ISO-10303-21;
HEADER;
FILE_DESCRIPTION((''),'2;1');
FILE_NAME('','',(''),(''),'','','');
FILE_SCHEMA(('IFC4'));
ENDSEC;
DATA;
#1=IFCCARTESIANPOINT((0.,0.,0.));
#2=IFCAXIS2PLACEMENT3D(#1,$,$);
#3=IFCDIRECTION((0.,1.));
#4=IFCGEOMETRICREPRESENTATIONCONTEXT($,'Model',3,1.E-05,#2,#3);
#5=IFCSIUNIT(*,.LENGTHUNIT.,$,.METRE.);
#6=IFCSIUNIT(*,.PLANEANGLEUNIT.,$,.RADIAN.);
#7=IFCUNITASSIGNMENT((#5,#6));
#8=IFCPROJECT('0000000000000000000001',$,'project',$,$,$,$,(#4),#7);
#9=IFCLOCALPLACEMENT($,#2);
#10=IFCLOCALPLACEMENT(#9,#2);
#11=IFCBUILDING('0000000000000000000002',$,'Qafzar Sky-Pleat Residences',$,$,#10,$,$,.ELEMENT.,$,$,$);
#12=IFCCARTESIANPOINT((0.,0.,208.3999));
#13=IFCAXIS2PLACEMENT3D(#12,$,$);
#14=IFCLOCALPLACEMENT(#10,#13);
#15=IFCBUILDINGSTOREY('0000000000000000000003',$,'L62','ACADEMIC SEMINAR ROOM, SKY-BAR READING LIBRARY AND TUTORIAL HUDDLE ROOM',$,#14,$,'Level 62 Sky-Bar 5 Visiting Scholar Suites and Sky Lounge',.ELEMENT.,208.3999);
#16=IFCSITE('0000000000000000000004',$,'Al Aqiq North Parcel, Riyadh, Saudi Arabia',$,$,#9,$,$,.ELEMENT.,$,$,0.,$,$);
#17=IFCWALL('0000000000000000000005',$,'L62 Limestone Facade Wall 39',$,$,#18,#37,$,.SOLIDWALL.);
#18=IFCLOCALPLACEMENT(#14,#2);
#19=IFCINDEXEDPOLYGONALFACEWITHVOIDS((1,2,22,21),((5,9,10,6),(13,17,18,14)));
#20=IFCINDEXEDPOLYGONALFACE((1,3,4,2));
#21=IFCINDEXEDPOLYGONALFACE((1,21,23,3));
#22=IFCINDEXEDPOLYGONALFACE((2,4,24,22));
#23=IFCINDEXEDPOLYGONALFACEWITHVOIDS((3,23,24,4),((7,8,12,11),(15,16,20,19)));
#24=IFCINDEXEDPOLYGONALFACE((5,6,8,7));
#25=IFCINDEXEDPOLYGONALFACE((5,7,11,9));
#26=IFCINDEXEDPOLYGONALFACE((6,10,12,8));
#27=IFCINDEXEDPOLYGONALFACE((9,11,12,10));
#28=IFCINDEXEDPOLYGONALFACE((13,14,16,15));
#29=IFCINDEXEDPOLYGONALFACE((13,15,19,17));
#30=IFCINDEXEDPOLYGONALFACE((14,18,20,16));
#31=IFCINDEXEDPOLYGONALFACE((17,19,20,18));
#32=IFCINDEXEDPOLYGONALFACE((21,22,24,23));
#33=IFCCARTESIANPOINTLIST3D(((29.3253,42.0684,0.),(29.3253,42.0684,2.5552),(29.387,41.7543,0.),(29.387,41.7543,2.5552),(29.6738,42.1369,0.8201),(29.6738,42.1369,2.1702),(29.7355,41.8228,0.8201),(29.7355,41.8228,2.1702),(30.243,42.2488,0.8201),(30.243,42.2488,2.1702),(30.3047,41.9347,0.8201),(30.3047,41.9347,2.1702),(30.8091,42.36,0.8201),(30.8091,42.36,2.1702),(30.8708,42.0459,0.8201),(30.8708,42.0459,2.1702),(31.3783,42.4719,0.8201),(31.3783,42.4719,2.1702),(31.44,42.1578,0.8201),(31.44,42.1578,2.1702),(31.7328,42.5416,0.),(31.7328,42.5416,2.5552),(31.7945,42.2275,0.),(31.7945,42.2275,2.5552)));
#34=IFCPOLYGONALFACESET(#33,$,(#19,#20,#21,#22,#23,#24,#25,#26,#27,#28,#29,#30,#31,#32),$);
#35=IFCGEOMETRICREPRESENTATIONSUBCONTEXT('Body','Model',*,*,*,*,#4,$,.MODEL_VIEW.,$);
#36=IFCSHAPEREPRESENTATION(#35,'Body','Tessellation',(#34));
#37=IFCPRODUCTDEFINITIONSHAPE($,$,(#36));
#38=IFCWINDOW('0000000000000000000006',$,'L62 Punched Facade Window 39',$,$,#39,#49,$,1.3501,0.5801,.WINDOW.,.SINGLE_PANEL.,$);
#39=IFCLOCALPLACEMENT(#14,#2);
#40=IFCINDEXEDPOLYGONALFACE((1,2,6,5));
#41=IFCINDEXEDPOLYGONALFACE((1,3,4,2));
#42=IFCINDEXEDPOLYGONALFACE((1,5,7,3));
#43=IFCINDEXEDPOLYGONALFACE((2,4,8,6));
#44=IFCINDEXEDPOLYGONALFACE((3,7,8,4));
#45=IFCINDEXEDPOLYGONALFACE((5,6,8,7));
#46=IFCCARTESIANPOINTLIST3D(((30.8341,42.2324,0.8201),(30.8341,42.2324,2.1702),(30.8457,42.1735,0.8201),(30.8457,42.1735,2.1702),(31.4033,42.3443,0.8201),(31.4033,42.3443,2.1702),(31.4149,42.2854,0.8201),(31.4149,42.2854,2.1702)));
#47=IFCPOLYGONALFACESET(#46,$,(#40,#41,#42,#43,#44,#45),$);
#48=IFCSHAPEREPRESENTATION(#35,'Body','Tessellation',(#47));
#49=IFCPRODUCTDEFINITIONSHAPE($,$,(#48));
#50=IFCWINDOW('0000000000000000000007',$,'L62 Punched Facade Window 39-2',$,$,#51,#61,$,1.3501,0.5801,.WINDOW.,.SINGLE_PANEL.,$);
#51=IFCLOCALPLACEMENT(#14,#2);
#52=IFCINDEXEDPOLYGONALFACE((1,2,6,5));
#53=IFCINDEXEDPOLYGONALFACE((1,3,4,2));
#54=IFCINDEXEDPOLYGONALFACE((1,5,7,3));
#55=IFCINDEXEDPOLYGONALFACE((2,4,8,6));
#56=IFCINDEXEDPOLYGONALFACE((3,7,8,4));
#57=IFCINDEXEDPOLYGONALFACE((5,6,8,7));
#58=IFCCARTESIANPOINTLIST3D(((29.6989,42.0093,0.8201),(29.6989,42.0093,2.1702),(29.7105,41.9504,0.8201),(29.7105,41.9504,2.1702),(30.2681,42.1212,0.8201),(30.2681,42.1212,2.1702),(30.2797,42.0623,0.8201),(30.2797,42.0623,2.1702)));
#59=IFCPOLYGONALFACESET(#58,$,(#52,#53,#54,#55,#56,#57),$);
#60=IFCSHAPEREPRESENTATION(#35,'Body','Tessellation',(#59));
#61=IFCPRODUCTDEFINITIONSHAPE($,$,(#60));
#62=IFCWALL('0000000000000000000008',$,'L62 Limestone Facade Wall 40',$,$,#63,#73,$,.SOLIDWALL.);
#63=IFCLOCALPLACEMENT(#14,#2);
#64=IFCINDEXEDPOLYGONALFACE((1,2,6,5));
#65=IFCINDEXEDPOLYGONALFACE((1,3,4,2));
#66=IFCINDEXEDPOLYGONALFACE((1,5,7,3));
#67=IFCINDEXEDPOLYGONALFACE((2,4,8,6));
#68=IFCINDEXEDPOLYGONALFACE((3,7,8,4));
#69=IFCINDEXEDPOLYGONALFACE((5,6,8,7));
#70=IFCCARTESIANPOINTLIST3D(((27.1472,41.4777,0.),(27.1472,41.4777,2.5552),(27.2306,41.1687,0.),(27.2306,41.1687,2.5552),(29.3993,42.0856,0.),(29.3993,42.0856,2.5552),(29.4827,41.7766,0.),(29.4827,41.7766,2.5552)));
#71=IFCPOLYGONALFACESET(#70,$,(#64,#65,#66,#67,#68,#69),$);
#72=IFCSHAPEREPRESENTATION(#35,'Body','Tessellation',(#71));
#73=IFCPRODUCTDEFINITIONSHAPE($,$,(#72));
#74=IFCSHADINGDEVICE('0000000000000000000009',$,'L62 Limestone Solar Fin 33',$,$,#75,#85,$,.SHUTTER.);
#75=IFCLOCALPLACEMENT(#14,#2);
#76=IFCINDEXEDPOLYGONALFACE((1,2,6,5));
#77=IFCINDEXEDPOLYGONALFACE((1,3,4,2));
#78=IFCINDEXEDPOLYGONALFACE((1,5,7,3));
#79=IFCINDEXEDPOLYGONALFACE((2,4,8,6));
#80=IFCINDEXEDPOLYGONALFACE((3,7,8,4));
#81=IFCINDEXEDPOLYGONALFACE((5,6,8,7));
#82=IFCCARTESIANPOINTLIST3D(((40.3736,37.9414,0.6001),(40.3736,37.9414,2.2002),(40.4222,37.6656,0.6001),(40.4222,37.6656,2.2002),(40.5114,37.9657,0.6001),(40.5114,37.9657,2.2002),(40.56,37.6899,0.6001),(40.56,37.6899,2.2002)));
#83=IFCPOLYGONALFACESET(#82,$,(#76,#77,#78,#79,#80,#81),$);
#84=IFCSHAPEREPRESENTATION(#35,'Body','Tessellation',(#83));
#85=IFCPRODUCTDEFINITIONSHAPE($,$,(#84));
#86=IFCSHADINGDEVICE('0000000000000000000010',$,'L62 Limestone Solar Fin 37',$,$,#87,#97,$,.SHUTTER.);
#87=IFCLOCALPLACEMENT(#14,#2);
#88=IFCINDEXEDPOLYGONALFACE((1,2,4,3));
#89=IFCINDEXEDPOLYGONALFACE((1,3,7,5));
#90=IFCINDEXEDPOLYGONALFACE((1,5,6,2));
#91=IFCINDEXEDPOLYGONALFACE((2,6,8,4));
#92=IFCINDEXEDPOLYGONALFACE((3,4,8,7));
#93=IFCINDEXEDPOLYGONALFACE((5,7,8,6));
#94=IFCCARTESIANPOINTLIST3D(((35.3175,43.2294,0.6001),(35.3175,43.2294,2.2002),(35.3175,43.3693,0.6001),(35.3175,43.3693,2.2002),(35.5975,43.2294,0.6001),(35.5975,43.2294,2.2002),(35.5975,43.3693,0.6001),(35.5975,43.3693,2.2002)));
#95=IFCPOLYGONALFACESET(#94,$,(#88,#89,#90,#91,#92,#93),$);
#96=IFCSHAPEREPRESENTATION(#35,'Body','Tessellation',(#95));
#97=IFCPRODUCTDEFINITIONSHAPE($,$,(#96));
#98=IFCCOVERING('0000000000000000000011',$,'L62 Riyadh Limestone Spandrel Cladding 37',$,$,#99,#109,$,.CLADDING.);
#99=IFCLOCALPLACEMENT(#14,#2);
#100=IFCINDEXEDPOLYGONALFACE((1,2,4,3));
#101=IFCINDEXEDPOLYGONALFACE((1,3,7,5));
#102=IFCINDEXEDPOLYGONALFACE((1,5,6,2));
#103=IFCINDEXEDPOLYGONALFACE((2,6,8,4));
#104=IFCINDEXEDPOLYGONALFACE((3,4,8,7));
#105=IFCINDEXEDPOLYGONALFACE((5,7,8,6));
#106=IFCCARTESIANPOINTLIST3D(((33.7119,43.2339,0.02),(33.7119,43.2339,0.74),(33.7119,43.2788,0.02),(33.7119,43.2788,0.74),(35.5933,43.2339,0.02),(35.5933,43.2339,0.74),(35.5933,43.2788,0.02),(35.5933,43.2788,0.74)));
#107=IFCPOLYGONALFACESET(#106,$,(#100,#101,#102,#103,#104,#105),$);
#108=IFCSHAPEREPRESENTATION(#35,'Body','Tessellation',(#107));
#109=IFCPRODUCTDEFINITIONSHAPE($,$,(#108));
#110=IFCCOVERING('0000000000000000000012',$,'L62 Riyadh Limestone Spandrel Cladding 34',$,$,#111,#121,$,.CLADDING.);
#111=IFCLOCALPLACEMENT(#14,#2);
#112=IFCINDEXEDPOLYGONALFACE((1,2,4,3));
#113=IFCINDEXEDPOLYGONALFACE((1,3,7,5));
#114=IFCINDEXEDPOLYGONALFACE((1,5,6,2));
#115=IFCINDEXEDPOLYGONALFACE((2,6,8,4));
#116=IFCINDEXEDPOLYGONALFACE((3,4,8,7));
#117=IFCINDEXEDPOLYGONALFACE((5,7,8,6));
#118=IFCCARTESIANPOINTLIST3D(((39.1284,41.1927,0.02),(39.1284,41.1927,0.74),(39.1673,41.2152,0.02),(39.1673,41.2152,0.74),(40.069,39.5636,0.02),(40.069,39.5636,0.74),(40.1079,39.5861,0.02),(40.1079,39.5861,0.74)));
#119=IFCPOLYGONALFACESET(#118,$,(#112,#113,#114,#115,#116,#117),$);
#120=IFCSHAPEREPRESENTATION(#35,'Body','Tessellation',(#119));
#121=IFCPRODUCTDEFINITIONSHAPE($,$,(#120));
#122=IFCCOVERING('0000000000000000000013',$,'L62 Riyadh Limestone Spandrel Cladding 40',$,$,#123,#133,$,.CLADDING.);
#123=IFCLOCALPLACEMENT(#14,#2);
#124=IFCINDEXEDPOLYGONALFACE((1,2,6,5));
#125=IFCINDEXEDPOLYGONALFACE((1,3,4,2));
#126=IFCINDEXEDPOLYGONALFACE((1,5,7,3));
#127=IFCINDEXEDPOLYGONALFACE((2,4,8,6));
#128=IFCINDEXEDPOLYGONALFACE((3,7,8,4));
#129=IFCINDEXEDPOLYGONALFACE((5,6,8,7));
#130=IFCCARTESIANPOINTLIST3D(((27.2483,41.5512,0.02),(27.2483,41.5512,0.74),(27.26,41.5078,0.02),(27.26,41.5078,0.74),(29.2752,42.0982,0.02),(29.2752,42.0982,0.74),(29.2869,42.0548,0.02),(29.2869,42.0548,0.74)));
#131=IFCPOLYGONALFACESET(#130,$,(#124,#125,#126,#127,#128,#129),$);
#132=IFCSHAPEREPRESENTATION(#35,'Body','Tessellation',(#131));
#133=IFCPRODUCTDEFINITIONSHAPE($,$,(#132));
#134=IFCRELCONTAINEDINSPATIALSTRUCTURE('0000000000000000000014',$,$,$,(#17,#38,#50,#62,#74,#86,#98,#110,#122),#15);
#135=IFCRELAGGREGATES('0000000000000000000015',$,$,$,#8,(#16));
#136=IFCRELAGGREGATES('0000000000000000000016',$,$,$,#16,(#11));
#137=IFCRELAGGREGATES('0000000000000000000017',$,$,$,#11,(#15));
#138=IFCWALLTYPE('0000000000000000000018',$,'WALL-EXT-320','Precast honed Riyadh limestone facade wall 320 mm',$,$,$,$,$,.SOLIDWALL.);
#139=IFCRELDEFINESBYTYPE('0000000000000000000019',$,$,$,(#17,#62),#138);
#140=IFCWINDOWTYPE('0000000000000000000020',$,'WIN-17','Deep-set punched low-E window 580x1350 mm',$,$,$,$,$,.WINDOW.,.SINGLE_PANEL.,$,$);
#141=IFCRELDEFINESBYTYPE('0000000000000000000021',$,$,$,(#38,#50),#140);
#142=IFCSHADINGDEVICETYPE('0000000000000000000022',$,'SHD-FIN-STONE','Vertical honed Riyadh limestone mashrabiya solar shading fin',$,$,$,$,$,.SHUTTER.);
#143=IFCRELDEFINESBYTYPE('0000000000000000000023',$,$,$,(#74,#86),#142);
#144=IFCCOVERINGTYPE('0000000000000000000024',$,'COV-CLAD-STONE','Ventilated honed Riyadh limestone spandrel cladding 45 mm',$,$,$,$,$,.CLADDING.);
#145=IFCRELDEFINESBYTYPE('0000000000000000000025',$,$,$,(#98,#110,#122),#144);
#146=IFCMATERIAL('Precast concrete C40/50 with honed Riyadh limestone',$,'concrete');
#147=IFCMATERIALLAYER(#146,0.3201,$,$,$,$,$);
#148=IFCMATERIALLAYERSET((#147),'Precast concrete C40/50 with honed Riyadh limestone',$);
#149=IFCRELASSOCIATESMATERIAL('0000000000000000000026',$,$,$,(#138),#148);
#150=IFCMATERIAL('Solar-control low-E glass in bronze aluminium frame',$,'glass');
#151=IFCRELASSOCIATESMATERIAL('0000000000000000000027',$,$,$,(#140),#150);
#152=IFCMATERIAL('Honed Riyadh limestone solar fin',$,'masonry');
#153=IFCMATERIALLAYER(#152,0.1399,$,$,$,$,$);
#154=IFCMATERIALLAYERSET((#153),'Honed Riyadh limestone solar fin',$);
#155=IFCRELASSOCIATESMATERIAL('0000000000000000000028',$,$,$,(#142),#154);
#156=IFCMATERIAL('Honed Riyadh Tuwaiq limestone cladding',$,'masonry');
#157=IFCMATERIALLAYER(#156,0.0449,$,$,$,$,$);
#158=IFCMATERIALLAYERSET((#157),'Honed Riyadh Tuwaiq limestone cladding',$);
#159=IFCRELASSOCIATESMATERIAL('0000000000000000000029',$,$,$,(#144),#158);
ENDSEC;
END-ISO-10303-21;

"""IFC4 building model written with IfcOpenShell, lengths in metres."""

from ifc_helpers import new_model, si_unit, direction, frame, frame_2d, origin, origin_2d, place, context, subcontext, project, spatial, rectangle, extrude, source, transform, mapped, material, layer, layer_set, type_object, element, fill, save


model = new_model("IFC4")

# Units and contexts
model_context = context("Model", 3, precision=1e-05, world=origin(), true_north=direction((0.0, 1.0)))
body_context = subcontext(model_context, "Body", "Model", "MODEL_VIEW")
ifc_project = project(units=[si_unit("LENGTHUNIT", "METRE"), si_unit("PLANEANGLEUNIT", "RADIAN")], contexts=[model_context])

# Site, building, storey
site_placement = place(None, origin())
site = spatial("IfcSite", under=ifc_project, at=site_placement, Name="Al Aqiq North Parcel, Riyadh, Saudi Arabia", CompositionType="ELEMENT", RefElevation=0.0)
building_placement = place(site_placement, origin())
building = spatial("IfcBuilding", under=site, at=building_placement, Name="Qafzar Sky-Pleat Residences", CompositionType="ELEMENT")
storey_placement = place(building_placement, frame((0.0, 0.0, 208.3999)))
storey = spatial("IfcBuildingStorey", under=building, at=storey_placement, Name="L62", Description="ACADEMIC SEMINAR ROOM, SKY-BAR READING LIBRARY AND TUTORIAL HUDDLE ROOM", LongName="Level 62 Sky-Bar 5 Visiting Scholar Suites and Sky Lounge", CompositionType="ELEMENT", Elevation=208.3999)

# Shared definitions
ifc_material_1 = material(Name="Precast concrete C40/50 with honed Riyadh limestone", Category="concrete")

# Shared definitions
ifc_layer_1 = layer(ifc_material_1, 0.3201)
ifc_layer_set_1 = layer_set([ifc_layer_1], Name="Precast concrete C40/50 with honed Riyadh limestone")
wall_type_1 = type_object("IfcWallType", Name="WALL-EXT-320", Description="Precast honed Riyadh limestone facade wall 320 mm", PredefinedType="SOLIDWALL", material=ifc_layer_set_1)
ifc_material_2 = material(Name="Solar-control low-E glass in bronze aluminium frame", Category="glass")

# Wall, openings, windows
wall_1_placement = place(storey_placement, frame((31.7637, 42.3845, 0.0), z_axis=(0.0, 0.0, 1.0), x_axis=(-0.98123, -0.192843, 0.0)))
wall_1 = element("IfcWall", 1, at=wall_1_placement, inside=storey, type_object=wall_type_1, Name="L62 Limestone Facade Wall 39", PredefinedType="SOLIDWALL", context=body_context, shape_type="SweptSolid", body=[
    extrude(rectangle(XDim=2.4536, YDim=0.3201, at=frame_2d((1.2268, 0.0))), origin(), (0.0, 0.0, 1.0), 2.5552),
])
opening_1_placement = place(wall_1_placement, frame((0.3613, 0.0, 0.8201)))
opening_1 = element("IfcOpeningElement", 2, at=opening_1_placement, cuts=wall_1, PredefinedType="OPENING", context=body_context, shape_type="SweptSolid", body=[
    extrude(rectangle(XDim=0.5801, YDim=1.3501, at=frame_2d((0.29, 0.675))), frame((0.0, 0.1699, 0.0), z_axis=(0.0, -1.0, 0.0), x_axis=(1.0, 0.0, 0.0)), (0.0, 0.0, 1.0), 0.3401),
])
opening_2_placement = place(wall_1_placement, frame((1.5183, 0.0, 0.8201)))
opening_2 = element("IfcOpeningElement", 3, at=opening_2_placement, cuts=wall_1, PredefinedType="OPENING", context=body_context, shape_type="SweptSolid", body=[
    extrude(rectangle(XDim=0.5801, YDim=1.3501, at=frame_2d((0.29, 0.675))), frame((0.0, 0.1699, 0.0), z_axis=(0.0, -1.0, 0.0), x_axis=(1.0, 0.0, 0.0)), (0.0, 0.0, 1.0), 0.3401),
])
window_type_1 = type_object("IfcWindowType", Name="WIN-17", Description="Deep-set punched low-E window 580x1350 mm", PartitioningType="SINGLE_PANEL", PredefinedType="WINDOW", material=ifc_material_2)
shared_shape_1 = source(origin(), body_context, "Body", "SweptSolid", [
    extrude(rectangle(XDim=0.5801, YDim=1.3501, at=frame_2d((0.29, 0.675))), frame((0.0, 0.03, 0.0), z_axis=(0.0, -1.0, 0.0), x_axis=(1.0, 0.0, 0.0)), (0.0, 0.0, 1.0), 0.0601),
])
window_1_placement = place(opening_1_placement, origin())
window_1 = element("IfcWindow", 4, at=window_1_placement, inside=storey, type_object=window_type_1, Name="L62 Punched Facade Window 39", OverallHeight=1.3501, OverallWidth=0.5801, PartitioningType="SINGLE_PANEL", PredefinedType="WINDOW", context=body_context, shape_type="MappedRepresentation", body=[
    mapped(shared_shape_1, transform((0.0, 0.0, 0.0), x_axis=(1.0, 0.0, 0.0), y_axis=(0.0, 1.0, 0.0), z_axis=(0.0, 0.0, 1.0), scale=1.0)),
])
fill(opening_1, window_1)
window_2_placement = place(opening_2_placement, origin())
window_2 = element("IfcWindow", 5, at=window_2_placement, inside=storey, type_object=window_type_1, Name="L62 Punched Facade Window 39-2", OverallHeight=1.3501, OverallWidth=0.5801, PartitioningType="SINGLE_PANEL", PredefinedType="WINDOW", context=body_context, shape_type="MappedRepresentation", body=[
    mapped(shared_shape_1, transform((0.0, 0.0, 0.0), x_axis=(1.0, 0.0, 0.0), y_axis=(0.0, 1.0, 0.0), z_axis=(0.0, 0.0, 1.0), scale=1.0)),
])
fill(opening_2, window_2)

# Wall
wall_2_placement = place(storey_placement, frame((29.4412, 41.9312, 0.0), z_axis=(0.0, 0.0, 1.0), x_axis=(-0.965449, -0.260593, 0.0)))
element("IfcWall", 6, at=wall_2_placement, inside=storey, type_object=wall_type_1, Name="L62 Limestone Facade Wall 40", PredefinedType="SOLIDWALL", context=body_context, shape_type="SweptSolid", body=[
    extrude(rectangle(XDim=2.3328, YDim=0.3201, at=frame_2d((1.1665, 0.0))), origin(), (0.0, 0.0, 1.0), 2.5552),
])

# Shading devices
ifc_material_3 = material(Name="Honed Riyadh limestone solar fin", Category="masonry")
ifc_layer_2 = layer(ifc_material_3, 0.1399)
ifc_layer_set_2 = layer_set([ifc_layer_2], Name="Honed Riyadh limestone solar fin")
shading_device_type = type_object("IfcShadingDeviceType", Name="SHD-FIN-STONE", Description="Vertical honed Riyadh limestone mashrabiya solar shading fin", PredefinedType="SHUTTER", material=ifc_layer_set_2)
shared_shape_2 = source(origin(), body_context, "Body", "SweptSolid", [
    extrude(rectangle(XDim=0.1399, YDim=0.28, at=origin_2d()), origin(), (0.0, 0.0, 1.0), 1.6001),
])
for number, where, z_axis, x_axis, name in (
    (7, (40.4668, 37.8157, 0.6001), (0.0, 0.0, 1.0), (0.984806, 0.173658, 0.0), "L62 Limestone Solar Fin 33"),
    (8, (35.4575, 43.2993, 0.6001), (0.0, 0.0, 1.0), (0.0, 1.0, 0.0), "L62 Limestone Solar Fin 37"),
):
    element("IfcShadingDevice", number, at=place(storey_placement, frame(where, z_axis=z_axis, x_axis=x_axis)), inside=storey, type_object=shading_device_type, Name=name, PredefinedType="SHUTTER", context=body_context, shape_type="MappedRepresentation", body=[
        mapped(shared_shape_2, transform((0.0, 0.0, 0.0), x_axis=(1.0, 0.0, 0.0), y_axis=(0.0, 1.0, 0.0), z_axis=(0.0, 0.0, 1.0), scale=1.0)),
    ])

# Coverings
ifc_material_4 = material(Name="Honed Riyadh Tuwaiq limestone cladding", Category="masonry")
ifc_layer_3 = layer(ifc_material_4, 0.0449)
ifc_layer_set_3 = layer_set([ifc_layer_3], Name="Honed Riyadh Tuwaiq limestone cladding")
covering_type = type_object("IfcCoveringType", Name="COV-CLAD-STONE", Description="Ventilated honed Riyadh limestone spandrel cladding 45 mm", PredefinedType="CLADDING", material=ifc_layer_set_3)
shared_shape_3 = source(origin(), body_context, "Body", "SweptSolid", [
    extrude(rectangle(XDim=1.8813, YDim=0.0449, at=origin_2d()), origin(), (0.0, 0.0, 1.0), 0.72),
])
covering_1_placement = place(storey_placement, frame((34.6526, 43.2563, 0.02), z_axis=(0.0, 0.0, 1.0), x_axis=(-1.0, 0.0, 0.0)))
element("IfcCovering", 9, at=covering_1_placement, inside=storey, type_object=covering_type, Name="L62 Riyadh Limestone Spandrel Cladding 37", PredefinedType="CLADDING", context=body_context, shape_type="MappedRepresentation", body=[
    mapped(shared_shape_3, transform((0.0, 0.0, 0.0), x_axis=(1.0, 0.0, 0.0), y_axis=(0.0, 1.0, 0.0), z_axis=(0.0, 0.0, 1.0), scale=1.0)),
])
shared_shape_4 = source(origin(), body_context, "Body", "SweptSolid", [
    extrude(rectangle(XDim=1.8811, YDim=0.0449, at=origin_2d()), origin(), (0.0, 0.0, 1.0), 0.72),
])
covering_2_placement = place(storey_placement, frame((39.6182, 40.3894, 0.02), z_axis=(0.0, 0.0, 1.0), x_axis=(-0.499993, 0.866029, 0.0)))
element("IfcCovering", 10, at=covering_2_placement, inside=storey, type_object=covering_type, Name="L62 Riyadh Limestone Spandrel Cladding 34", PredefinedType="CLADDING", context=body_context, shape_type="MappedRepresentation", body=[
    mapped(shared_shape_4, transform((0.0, 0.0, 0.0), x_axis=(1.0, 0.0, 0.0), y_axis=(0.0, 1.0, 0.0), z_axis=(0.0, 0.0, 1.0), scale=1.0)),
])
shared_shape_5 = source(origin(), body_context, "Body", "SweptSolid", [
    extrude(rectangle(XDim=2.0994, YDim=0.0449, at=origin_2d()), origin(), (0.0, 0.0, 1.0), 0.72),
])
covering_3_placement = place(storey_placement, frame((28.2676, 41.803, 0.02), z_axis=(0.0, 0.0, 1.0), x_axis=(-0.965458, -0.260559, 0.0)))
element("IfcCovering", 11, at=covering_3_placement, inside=storey, type_object=covering_type, Name="L62 Riyadh Limestone Spandrel Cladding 40", PredefinedType="CLADDING", context=body_context, shape_type="MappedRepresentation", body=[
    mapped(shared_shape_5, transform((0.0, 0.0, 0.0), x_axis=(1.0, 0.0, 0.0), y_axis=(0.0, 1.0, 0.0), z_axis=(0.0, 0.0, 1.0), scale=1.0)),
])

save(model, "model.ifc")
